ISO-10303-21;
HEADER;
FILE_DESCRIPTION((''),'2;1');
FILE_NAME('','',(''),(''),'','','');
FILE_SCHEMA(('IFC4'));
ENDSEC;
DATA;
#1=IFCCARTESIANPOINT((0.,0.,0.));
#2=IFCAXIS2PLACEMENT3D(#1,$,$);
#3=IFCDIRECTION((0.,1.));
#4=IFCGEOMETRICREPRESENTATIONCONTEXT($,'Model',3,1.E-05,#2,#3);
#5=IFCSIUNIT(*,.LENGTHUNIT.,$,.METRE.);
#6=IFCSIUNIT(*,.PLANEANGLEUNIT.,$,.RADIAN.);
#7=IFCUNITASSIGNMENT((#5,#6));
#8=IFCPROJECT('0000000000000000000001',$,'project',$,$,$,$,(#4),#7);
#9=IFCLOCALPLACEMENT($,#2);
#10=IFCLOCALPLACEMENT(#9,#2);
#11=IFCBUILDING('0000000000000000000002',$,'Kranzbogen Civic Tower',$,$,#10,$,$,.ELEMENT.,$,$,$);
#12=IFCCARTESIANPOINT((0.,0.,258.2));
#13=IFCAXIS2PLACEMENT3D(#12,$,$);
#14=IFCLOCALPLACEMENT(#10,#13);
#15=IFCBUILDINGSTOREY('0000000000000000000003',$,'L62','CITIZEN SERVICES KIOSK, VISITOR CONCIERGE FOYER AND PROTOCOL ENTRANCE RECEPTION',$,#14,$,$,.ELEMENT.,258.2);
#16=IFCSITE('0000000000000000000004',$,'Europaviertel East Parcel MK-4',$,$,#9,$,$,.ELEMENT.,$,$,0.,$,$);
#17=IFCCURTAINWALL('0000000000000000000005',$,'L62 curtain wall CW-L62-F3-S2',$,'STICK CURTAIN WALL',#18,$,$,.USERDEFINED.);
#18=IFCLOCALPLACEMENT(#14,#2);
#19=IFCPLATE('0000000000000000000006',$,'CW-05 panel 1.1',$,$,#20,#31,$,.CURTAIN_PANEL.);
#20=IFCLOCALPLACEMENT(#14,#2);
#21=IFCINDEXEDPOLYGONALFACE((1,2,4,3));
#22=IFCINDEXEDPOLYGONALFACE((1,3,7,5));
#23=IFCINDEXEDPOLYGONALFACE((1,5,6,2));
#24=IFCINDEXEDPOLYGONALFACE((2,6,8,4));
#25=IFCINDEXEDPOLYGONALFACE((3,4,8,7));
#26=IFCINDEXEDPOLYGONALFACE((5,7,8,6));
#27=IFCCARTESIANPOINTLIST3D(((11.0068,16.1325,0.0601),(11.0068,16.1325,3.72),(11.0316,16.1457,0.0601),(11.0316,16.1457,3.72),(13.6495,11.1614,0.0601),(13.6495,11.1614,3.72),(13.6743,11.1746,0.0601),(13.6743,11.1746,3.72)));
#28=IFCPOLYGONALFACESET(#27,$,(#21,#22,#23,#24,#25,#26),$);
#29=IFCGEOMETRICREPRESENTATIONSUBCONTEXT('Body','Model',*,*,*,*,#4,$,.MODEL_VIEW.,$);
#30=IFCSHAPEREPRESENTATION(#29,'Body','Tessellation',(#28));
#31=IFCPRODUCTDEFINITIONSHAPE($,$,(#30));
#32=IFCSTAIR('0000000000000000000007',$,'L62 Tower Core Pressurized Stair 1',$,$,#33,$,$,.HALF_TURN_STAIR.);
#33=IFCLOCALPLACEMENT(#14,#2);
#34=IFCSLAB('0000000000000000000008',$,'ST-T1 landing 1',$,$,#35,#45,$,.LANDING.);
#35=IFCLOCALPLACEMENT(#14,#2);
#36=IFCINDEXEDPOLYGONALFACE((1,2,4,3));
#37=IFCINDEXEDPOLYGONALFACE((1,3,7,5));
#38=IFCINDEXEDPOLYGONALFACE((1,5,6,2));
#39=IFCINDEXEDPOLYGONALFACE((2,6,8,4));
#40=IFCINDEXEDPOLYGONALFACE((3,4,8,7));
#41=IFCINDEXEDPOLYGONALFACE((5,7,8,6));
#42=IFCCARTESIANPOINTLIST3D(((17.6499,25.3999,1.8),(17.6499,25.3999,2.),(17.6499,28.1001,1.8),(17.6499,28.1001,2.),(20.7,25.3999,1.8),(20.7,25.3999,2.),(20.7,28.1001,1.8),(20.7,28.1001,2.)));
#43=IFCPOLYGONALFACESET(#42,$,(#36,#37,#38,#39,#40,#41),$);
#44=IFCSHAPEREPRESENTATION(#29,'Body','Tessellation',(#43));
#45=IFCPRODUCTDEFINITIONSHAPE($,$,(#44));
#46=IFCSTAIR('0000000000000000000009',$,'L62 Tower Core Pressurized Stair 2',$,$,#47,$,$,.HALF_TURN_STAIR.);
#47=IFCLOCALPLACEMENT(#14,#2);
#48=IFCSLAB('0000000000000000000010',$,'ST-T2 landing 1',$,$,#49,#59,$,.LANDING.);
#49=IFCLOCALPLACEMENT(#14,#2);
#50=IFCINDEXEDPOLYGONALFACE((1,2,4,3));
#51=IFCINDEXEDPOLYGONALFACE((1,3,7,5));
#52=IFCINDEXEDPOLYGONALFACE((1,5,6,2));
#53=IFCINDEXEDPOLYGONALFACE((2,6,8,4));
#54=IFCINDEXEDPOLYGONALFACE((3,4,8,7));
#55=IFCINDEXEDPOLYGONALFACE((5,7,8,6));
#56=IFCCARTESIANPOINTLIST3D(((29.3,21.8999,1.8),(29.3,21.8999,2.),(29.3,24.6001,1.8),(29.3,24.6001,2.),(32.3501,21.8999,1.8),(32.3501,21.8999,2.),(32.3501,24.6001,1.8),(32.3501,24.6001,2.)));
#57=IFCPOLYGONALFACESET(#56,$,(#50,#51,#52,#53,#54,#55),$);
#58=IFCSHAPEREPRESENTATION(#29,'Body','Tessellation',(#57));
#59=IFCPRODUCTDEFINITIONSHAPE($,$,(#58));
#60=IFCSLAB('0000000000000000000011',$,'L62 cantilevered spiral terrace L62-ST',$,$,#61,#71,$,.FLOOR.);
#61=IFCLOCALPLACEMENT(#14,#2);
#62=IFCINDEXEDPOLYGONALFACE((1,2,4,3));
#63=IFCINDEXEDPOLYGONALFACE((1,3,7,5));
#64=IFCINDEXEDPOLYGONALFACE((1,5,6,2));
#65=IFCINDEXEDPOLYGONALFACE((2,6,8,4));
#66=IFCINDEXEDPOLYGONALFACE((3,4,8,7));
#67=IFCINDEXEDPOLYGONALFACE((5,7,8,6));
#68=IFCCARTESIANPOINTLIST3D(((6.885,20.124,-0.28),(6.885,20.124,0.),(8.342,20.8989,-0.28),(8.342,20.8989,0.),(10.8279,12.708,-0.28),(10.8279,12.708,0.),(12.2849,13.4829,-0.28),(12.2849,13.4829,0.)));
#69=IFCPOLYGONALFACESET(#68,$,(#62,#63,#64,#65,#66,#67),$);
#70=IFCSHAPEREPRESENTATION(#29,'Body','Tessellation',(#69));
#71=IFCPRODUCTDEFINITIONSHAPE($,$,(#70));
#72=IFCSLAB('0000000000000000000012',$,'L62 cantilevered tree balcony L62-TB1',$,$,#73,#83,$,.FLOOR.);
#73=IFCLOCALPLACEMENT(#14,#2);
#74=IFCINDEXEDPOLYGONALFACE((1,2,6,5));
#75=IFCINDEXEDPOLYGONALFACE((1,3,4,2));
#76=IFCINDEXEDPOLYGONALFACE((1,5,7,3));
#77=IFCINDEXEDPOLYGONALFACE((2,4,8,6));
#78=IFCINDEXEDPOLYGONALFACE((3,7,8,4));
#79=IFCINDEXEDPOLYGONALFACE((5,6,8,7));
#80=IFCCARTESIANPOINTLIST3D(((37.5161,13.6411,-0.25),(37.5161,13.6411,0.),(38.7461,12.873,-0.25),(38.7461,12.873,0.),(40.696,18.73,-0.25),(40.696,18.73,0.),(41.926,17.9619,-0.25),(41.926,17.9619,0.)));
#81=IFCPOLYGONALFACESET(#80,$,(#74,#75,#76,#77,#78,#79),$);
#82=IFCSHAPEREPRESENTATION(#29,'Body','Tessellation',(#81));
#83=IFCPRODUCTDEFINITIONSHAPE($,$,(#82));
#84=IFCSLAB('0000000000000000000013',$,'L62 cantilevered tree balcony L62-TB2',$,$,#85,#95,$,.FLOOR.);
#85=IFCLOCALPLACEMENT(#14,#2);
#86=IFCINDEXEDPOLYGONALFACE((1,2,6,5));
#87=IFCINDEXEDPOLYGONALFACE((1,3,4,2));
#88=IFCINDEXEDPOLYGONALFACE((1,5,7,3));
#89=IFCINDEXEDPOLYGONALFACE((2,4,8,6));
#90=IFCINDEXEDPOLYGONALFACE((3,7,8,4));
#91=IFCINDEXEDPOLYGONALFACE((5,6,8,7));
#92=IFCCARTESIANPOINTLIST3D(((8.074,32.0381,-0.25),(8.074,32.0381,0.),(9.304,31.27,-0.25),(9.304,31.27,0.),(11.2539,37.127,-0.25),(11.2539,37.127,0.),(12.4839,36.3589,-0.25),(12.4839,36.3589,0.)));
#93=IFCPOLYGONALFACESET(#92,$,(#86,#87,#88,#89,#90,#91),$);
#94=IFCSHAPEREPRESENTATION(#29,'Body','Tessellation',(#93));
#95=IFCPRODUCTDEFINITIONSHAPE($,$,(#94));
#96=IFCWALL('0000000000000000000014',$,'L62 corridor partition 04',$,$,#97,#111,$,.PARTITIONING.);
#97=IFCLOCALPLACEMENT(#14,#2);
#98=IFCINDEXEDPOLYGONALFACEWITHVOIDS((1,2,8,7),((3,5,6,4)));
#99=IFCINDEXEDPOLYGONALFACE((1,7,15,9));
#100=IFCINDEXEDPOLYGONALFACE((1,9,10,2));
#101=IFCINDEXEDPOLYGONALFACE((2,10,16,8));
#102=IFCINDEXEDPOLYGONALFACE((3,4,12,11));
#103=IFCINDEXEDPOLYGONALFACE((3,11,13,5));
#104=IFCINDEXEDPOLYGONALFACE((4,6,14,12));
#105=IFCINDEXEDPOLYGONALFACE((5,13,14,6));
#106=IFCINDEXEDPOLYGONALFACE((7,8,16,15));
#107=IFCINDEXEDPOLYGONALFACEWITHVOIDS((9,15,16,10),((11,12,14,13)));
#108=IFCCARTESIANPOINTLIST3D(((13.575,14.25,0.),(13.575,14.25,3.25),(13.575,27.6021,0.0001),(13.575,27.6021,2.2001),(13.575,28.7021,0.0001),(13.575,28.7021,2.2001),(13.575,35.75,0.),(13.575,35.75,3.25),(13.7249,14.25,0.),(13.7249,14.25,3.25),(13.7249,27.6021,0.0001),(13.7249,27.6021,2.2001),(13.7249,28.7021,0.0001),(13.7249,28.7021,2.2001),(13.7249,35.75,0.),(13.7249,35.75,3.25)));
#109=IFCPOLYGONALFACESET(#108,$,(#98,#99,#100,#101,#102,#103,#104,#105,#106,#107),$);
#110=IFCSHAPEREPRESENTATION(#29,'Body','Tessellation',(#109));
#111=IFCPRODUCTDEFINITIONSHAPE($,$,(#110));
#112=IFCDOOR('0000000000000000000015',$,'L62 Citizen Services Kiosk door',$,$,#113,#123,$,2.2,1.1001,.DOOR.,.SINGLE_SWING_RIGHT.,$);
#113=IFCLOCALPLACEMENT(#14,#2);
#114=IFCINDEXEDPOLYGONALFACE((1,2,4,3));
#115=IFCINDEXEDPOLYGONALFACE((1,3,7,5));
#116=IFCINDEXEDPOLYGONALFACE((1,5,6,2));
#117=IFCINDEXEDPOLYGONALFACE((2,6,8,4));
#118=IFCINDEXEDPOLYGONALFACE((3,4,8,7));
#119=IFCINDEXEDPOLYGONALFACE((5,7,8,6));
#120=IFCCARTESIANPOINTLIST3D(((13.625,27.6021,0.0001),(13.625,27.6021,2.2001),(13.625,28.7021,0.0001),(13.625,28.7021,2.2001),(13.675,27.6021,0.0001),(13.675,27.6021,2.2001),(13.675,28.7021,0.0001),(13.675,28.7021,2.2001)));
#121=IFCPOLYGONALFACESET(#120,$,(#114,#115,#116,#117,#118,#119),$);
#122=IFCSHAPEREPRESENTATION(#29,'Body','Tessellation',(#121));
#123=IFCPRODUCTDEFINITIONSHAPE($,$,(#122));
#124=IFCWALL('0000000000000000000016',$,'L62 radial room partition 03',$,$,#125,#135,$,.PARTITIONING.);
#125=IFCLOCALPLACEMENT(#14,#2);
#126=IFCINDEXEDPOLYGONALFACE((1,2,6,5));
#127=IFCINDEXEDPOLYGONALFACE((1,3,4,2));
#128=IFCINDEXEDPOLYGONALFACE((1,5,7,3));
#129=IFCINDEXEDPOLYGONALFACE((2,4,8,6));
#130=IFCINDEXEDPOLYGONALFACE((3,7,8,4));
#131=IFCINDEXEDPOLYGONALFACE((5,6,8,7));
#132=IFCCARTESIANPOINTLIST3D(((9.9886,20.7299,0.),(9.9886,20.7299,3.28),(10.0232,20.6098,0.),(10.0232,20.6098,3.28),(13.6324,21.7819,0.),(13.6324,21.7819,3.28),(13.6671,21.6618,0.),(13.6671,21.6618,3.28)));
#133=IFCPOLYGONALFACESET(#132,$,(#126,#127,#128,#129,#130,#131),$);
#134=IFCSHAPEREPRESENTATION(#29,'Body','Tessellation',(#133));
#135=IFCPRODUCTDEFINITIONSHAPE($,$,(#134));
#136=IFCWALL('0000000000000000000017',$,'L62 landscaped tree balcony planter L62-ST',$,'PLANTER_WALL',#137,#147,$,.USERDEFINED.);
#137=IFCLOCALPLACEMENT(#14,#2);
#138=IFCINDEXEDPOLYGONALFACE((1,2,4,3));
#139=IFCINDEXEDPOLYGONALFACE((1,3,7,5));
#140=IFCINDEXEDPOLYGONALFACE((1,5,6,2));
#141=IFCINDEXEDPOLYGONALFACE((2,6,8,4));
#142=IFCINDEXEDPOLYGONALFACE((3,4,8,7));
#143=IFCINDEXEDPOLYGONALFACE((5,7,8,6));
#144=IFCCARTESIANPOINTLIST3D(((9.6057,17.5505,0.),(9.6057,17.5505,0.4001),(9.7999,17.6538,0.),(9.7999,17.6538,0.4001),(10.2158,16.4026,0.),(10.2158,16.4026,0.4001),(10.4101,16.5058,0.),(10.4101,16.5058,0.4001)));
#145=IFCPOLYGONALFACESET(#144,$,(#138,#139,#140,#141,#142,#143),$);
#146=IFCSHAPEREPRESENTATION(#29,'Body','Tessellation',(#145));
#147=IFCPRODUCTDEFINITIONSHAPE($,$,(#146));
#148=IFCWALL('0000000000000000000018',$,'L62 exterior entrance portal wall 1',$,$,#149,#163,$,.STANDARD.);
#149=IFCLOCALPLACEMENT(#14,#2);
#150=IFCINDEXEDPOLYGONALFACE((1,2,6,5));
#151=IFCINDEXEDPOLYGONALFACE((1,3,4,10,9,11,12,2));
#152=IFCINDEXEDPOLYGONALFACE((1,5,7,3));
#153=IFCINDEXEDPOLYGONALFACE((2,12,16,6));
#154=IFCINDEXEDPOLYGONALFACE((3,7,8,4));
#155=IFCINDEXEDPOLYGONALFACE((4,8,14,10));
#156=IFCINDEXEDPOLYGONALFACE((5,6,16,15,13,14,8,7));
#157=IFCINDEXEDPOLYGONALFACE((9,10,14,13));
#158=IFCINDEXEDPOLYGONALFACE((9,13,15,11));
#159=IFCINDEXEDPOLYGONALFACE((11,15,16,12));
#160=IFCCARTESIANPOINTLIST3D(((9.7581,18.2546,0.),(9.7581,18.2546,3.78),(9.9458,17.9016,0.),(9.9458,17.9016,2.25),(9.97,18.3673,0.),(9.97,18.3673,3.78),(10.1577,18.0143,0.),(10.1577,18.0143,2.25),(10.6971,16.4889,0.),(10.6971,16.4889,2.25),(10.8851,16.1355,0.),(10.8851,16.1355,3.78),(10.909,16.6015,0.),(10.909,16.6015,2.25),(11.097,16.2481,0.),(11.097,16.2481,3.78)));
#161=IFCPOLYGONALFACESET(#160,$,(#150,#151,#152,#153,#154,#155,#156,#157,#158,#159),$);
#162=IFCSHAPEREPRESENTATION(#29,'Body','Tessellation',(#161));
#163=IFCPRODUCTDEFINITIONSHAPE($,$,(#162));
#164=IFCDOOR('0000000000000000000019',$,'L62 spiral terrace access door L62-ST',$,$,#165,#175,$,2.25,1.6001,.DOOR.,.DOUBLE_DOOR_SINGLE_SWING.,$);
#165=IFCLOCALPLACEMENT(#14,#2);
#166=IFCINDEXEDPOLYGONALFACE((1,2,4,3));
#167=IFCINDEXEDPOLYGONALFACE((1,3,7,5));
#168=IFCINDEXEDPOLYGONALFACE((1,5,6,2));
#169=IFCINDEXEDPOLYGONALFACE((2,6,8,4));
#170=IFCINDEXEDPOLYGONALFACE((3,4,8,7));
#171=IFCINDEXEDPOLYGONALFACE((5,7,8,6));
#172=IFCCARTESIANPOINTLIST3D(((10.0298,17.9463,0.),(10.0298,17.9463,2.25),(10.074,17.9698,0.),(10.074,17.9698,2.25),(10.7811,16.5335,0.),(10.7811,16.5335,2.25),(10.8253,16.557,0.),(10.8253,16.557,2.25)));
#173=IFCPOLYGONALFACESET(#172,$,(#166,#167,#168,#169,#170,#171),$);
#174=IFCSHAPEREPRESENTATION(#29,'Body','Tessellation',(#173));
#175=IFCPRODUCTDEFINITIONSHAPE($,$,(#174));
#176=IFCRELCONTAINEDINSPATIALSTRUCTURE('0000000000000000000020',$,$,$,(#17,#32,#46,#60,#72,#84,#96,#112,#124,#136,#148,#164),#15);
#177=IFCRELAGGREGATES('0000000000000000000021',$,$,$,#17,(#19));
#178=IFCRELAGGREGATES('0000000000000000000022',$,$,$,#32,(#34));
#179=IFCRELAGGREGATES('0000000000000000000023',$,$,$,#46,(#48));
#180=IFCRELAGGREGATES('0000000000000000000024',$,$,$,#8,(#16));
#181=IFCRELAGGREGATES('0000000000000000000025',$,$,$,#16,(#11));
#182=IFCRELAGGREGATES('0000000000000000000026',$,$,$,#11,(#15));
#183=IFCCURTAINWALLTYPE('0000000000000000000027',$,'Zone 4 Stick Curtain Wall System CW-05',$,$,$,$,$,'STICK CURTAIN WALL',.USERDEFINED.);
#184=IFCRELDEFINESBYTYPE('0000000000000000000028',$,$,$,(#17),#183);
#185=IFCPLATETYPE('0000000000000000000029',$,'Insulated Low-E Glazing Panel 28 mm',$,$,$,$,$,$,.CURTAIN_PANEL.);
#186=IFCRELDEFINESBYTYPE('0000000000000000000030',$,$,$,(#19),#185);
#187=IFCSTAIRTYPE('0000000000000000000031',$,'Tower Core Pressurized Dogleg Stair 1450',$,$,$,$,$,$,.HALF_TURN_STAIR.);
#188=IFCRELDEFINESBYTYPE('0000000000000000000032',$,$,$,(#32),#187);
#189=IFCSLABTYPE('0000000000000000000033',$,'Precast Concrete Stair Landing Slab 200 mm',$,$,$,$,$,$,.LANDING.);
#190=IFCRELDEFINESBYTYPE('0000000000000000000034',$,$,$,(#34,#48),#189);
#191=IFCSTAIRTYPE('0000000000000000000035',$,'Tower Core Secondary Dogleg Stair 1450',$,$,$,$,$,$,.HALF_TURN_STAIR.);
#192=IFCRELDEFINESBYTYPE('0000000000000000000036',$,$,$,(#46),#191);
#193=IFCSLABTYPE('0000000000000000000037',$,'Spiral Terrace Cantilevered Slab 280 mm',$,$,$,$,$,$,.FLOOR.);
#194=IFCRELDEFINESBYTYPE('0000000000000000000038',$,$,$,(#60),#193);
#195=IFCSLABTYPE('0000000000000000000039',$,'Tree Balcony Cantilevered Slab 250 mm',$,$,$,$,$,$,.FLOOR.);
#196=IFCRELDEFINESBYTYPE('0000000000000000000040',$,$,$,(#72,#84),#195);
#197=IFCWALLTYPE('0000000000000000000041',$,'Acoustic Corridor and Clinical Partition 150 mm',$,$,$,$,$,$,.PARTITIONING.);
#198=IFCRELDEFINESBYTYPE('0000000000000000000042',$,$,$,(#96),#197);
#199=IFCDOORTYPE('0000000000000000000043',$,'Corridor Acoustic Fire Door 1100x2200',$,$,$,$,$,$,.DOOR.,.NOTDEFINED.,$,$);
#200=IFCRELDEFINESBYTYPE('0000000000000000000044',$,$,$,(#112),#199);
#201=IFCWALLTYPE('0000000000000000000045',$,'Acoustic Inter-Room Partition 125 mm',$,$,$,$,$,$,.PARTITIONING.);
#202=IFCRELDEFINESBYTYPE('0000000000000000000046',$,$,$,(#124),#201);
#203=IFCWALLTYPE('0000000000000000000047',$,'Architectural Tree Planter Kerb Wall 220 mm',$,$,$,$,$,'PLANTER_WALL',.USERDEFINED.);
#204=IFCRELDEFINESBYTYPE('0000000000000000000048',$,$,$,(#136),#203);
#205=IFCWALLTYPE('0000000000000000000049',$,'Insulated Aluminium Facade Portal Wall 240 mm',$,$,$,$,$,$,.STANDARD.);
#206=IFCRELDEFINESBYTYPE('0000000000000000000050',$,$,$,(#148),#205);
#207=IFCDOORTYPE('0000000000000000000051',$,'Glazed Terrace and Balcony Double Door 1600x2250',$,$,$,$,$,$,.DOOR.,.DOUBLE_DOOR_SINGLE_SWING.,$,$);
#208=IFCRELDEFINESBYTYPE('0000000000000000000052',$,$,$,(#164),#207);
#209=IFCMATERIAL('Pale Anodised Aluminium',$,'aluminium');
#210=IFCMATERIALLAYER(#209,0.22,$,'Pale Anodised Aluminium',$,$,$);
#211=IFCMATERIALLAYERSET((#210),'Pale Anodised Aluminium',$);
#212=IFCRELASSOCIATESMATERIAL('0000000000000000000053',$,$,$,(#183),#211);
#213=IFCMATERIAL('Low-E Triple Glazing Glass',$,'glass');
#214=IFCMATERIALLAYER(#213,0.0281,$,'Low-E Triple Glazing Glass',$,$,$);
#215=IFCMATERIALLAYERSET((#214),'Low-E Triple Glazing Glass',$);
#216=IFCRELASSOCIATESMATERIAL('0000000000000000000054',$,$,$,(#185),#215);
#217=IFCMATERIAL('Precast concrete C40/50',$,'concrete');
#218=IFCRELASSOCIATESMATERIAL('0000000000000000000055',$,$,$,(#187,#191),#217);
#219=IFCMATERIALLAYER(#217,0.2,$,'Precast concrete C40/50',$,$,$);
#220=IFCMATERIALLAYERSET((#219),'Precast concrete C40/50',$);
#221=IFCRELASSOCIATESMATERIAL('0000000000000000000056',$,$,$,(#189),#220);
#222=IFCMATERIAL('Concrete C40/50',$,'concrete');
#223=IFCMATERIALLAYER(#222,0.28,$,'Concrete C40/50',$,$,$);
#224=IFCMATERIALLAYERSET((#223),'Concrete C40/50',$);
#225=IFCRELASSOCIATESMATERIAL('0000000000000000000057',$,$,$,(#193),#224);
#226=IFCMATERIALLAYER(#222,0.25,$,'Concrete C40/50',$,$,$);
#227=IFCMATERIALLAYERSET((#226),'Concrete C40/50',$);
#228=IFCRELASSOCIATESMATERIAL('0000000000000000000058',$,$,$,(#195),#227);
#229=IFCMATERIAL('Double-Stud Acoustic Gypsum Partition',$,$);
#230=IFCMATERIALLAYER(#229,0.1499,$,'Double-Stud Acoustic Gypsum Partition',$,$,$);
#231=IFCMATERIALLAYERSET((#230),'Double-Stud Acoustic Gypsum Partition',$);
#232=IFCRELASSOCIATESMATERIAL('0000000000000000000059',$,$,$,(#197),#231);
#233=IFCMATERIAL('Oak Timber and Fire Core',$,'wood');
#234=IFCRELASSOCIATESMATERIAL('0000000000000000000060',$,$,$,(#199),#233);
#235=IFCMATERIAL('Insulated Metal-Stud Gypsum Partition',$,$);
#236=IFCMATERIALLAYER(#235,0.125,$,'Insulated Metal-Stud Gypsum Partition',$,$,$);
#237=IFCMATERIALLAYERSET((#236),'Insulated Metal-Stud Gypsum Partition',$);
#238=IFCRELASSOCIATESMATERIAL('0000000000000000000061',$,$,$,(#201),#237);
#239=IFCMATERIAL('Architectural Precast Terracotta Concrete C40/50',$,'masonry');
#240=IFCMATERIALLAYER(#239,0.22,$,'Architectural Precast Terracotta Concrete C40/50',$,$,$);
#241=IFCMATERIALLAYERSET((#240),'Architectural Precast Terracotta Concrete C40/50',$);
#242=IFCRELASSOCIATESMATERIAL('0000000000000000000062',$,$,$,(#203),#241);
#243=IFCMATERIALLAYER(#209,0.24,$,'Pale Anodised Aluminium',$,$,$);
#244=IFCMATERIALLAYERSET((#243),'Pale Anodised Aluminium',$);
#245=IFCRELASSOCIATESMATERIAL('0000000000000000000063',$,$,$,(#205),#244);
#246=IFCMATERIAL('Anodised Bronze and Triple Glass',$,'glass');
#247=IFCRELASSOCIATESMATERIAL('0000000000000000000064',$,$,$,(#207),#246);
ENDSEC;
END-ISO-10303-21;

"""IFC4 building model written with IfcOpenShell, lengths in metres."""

from ifc_helpers import new_model, si_unit, direction, frame, frame_2d, origin, origin_2d, place, context, subcontext, project, spatial, polyline, rectangle, outline, extrude, material, layer, layer_set, type_object, element, fill, aggregate, save


model = new_model("IFC4")

# Units and contexts
model_context = context("Model", 3, precision=1e-05, world=origin(), true_north=direction((0.0, 1.0)))
body_context = subcontext(model_context, "Body", "Model", "MODEL_VIEW")
ifc_project = project(units=[si_unit("LENGTHUNIT", "METRE"), si_unit("PLANEANGLEUNIT", "RADIAN")], contexts=[model_context])

# Site, building, storey
site_placement = place(None, origin())
site = spatial("IfcSite", under=ifc_project, at=site_placement, Name="Europaviertel East Parcel MK-4", CompositionType="ELEMENT", RefElevation=0.0)
building_placement = place(site_placement, origin())
building = spatial("IfcBuilding", under=site, at=building_placement, Name="Kranzbogen Civic Tower", CompositionType="ELEMENT")
storey_placement = place(building_placement, frame((0.0, 0.0, 258.2)))
storey = spatial("IfcBuildingStorey", under=building, at=storey_placement, Name="L62", Description="CITIZEN SERVICES KIOSK, VISITOR CONCIERGE FOYER AND PROTOCOL ENTRANCE RECEPTION", CompositionType="ELEMENT", Elevation=258.2)

# Shared definitions
ifc_material_1 = material(Name="Pale Anodised Aluminium", Category="aluminium")
ifc_layer_1 = layer(ifc_material_1, 0.22, Name="Pale Anodised Aluminium")
ifc_layer_set_1 = layer_set([ifc_layer_1], Name="Pale Anodised Aluminium")
curtain_wall_type = type_object("IfcCurtainWallType", Name="Zone 4 Stick Curtain Wall System CW-05", ElementType="STICK CURTAIN WALL", PredefinedType="USERDEFINED", material=ifc_layer_set_1)

# Curtain wall
curtain_wall_1_placement = place(storey_placement, origin())
curtain_wall_1 = element("IfcCurtainWall", 1, at=curtain_wall_1_placement, inside=storey, type_object=curtain_wall_type, Name="L62 curtain wall CW-L62-F3-S2", ObjectType="STICK CURTAIN WALL", PredefinedType="USERDEFINED")

# Shared definitions
ifc_material_2 = material(Name="Concrete C40/50", Category="concrete")

# Plate
ifc_material_3 = material(Name="Low-E Triple Glazing Glass", Category="glass")
ifc_layer_2 = layer(ifc_material_3, 0.0281, Name="Low-E Triple Glazing Glass")
ifc_layer_set_2 = layer_set([ifc_layer_2], Name="Low-E Triple Glazing Glass")
plate_type = type_object("IfcPlateType", Name="Insulated Low-E Glazing Panel 28 mm", PredefinedType="CURTAIN_PANEL", material=ifc_layer_set_2)
plate_1_placement = place(storey_placement, frame((12.3406, 13.6536, 0.0601), z_axis=(0.0, 0.0, 1.0), x_axis=(0.469405, -0.882983, 0.0)))
plate_1 = element("IfcPlate", 2, at=plate_1_placement, type_object=plate_type, Name="CW-05 panel 1.1", PredefinedType="CURTAIN_PANEL", context=body_context, shape_type="SweptSolid", body=[
    extrude(rectangle(XDim=5.6299, YDim=0.0281, at=origin_2d()), origin(), (0.0, 0.0, 1.0), 3.6599),
])
aggregate(curtain_wall_1, [plate_1])

# Stairs, slabs
ifc_material_4 = material(Name="Precast concrete C40/50", Category="concrete")
stair_type_1 = type_object("IfcStairType", Name="Tower Core Pressurized Dogleg Stair 1450", PredefinedType="HALF_TURN_STAIR", material=ifc_material_4)
stair_1_placement = place(storey_placement, origin())
stair_1 = element("IfcStair", 3, at=stair_1_placement, inside=storey, type_object=stair_type_1, Name="L62 Tower Core Pressurized Stair 1", PredefinedType="HALF_TURN_STAIR")
ifc_layer_3 = layer(ifc_material_4, 0.2, Name="Precast concrete C40/50")
ifc_layer_set_3 = layer_set([ifc_layer_3], Name="Precast concrete C40/50")
slab_type_1 = type_object("IfcSlabType", Name="Precast Concrete Stair Landing Slab 200 mm", PredefinedType="LANDING", material=ifc_layer_set_3)
slab_1_placement = place(storey_placement, frame((0.0, 0.0, 1.8)))
slab_1 = element("IfcSlab", 4, at=slab_1_placement, type_object=slab_type_1, Name="ST-T1 landing 1", PredefinedType="LANDING", context=body_context, shape_type="SweptSolid", body=[
    extrude(outline(polyline([(20.7, 25.3999), (20.7, 28.1001), (17.6499, 28.1001), (17.6499, 25.3999), (20.7, 25.3999)])), origin(), (0.0, 0.0, 1.0), 0.2),
])
aggregate(stair_1, [slab_1])
stair_type_2 = type_object("IfcStairType", Name="Tower Core Secondary Dogleg Stair 1450", PredefinedType="HALF_TURN_STAIR", material=ifc_material_4)
stair_2_placement = place(storey_placement, origin())
stair_2 = element("IfcStair", 5, at=stair_2_placement, inside=storey, type_object=stair_type_2, Name="L62 Tower Core Pressurized Stair 2", PredefinedType="HALF_TURN_STAIR")
slab_2_placement = place(storey_placement, frame((0.0, 0.0, 1.8)))
slab_2 = element("IfcSlab", 6, at=slab_2_placement, type_object=slab_type_1, Name="ST-T2 landing 1", PredefinedType="LANDING", context=body_context, shape_type="SweptSolid", body=[
    extrude(outline(polyline([(29.3, 24.6001), (29.3, 21.8999), (32.3501, 21.8999), (32.3501, 24.6001), (29.3, 24.6001)])), origin(), (0.0, 0.0, 1.0), 0.2),
])
aggregate(stair_2, [slab_2])

# Slabs
ifc_layer_4 = layer(ifc_material_2, 0.28, Name="Concrete C40/50")
ifc_layer_set_4 = layer_set([ifc_layer_4], Name="Concrete C40/50")
slab_type_2 = type_object("IfcSlabType", Name="Spiral Terrace Cantilevered Slab 280 mm", PredefinedType="FLOOR", material=ifc_layer_set_4)
slab_3_placement = place(storey_placement, frame((0.0, 0.0, -0.28)))
element("IfcSlab", 7, at=slab_3_placement, inside=storey, type_object=slab_type_2, Name="L62 cantilevered spiral terrace L62-ST", PredefinedType="FLOOR", context=body_context, shape_type="SweptSolid", body=[
    extrude(outline(polyline([(8.342, 20.8989), (12.2849, 13.4829), (10.8279, 12.708), (6.885, 20.124), (8.342, 20.8989)])), origin(), (0.0, 0.0, 1.0), 0.28),
])
ifc_layer_5 = layer(ifc_material_2, 0.25, Name="Concrete C40/50")
ifc_layer_set_5 = layer_set([ifc_layer_5], Name="Concrete C40/50")
slab_type_3 = type_object("IfcSlabType", Name="Tree Balcony Cantilevered Slab 250 mm", PredefinedType="FLOOR", material=ifc_layer_set_5)
slab_4_placement = place(storey_placement, frame((0.0, 0.0, -0.25)))
element("IfcSlab", 8, at=slab_4_placement, inside=storey, type_object=slab_type_3, Name="L62 cantilevered tree balcony L62-TB1", PredefinedType="FLOOR", context=body_context, shape_type="SweptSolid", body=[
    extrude(outline(polyline([(37.5161, 13.6411), (40.696, 18.73), (41.926, 17.9619), (38.7461, 12.873), (37.5161, 13.6411)])), origin(), (0.0, 0.0, 1.0), 0.25),
])
slab_5_placement = place(storey_placement, frame((0.0, 0.0, -0.25)))
element("IfcSlab", 9, at=slab_5_placement, inside=storey, type_object=slab_type_3, Name="L62 cantilevered tree balcony L62-TB2", PredefinedType="FLOOR", context=body_context, shape_type="SweptSolid", body=[
    extrude(outline(polyline([(12.4839, 36.3589), (9.304, 31.27), (8.074, 32.0381), (11.2539, 37.127), (12.4839, 36.3589)])), origin(), (0.0, 0.0, 1.0), 0.25),
])

# Wall, opening, door
ifc_material_5 = material(Name="Double-Stud Acoustic Gypsum Partition")
ifc_layer_6 = layer(ifc_material_5, 0.1499, Name="Double-Stud Acoustic Gypsum Partition")
ifc_layer_set_6 = layer_set([ifc_layer_6], Name="Double-Stud Acoustic Gypsum Partition")
wall_type_1 = type_object("IfcWallType", Name="Acoustic Corridor and Clinical Partition 150 mm", PredefinedType="PARTITIONING", material=ifc_layer_set_6)
wall_1_placement = place(storey_placement, frame((13.6499, 14.25, 0.0), z_axis=(0.0, 0.0, 1.0), x_axis=(0.0, 1.0, 0.0)))
wall_1 = element("IfcWall", 10, at=wall_1_placement, inside=storey, type_object=wall_type_1, Name="L62 corridor partition 04", PredefinedType="PARTITIONING", context=body_context, shape_type="SweptSolid", body=[
    extrude(rectangle(XDim=21.5, YDim=0.1499, at=frame_2d((10.75, 0.0))), origin(), (0.0, 0.0, 1.0), 3.25),
])
opening_1_placement = place(wall_1_placement, frame((13.3521, 0.0, 0.0)))
opening_1 = element("IfcOpeningElement", 11, at=opening_1_placement, cuts=wall_1, PredefinedType="OPENING", context=body_context, shape_type="SweptSolid", body=[
    extrude(rectangle(XDim=1.1001, YDim=2.2, at=frame_2d((0.55, 1.1001))), frame((0.0, 0.085, 0.0), z_axis=(0.0, -1.0, 0.0), x_axis=(1.0, 0.0, 0.0)), (0.0, 0.0, 1.0), 0.1699),
])
ifc_material_6 = material(Name="Oak Timber and Fire Core", Category="wood")
door_type_1 = type_object("IfcDoorType", Name="Corridor Acoustic Fire Door 1100x2200", OperationType="NOTDEFINED", PredefinedType="DOOR", material=ifc_material_6)
door_1_placement = place(opening_1_placement, origin())
door_1 = element("IfcDoor", 12, at=door_1_placement, inside=storey, type_object=door_type_1, Name="L62 Citizen Services Kiosk door", OperationType="SINGLE_SWING_RIGHT", OverallHeight=2.2, OverallWidth=1.1001, PredefinedType="DOOR", context=body_context, shape_type="SweptSolid", body=[
    extrude(rectangle(XDim=1.1001, YDim=2.2, at=frame_2d((0.55, 1.1001))), frame((0.0, 0.0249, 0.0), z_axis=(0.0, -1.0, 0.0), x_axis=(1.0, 0.0, 0.0)), (0.0, 0.0, 1.0), 0.05),
])
fill(opening_1, door_1)

# Walls
ifc_material_7 = material(Name="Insulated Metal-Stud Gypsum Partition")
ifc_layer_7 = layer(ifc_material_7, 0.125, Name="Insulated Metal-Stud Gypsum Partition")
ifc_layer_set_7 = layer_set([ifc_layer_7], Name="Insulated Metal-Stud Gypsum Partition")
wall_type_2 = type_object("IfcWallType", Name="Acoustic Inter-Room Partition 125 mm", PredefinedType="PARTITIONING", material=ifc_layer_set_7)
wall_2_placement = place(storey_placement, frame((13.6499, 21.7219, 0.0), z_axis=(0.0, 0.0, 1.0), x_axis=(-0.96076, -0.277381, 0.0)))
element("IfcWall", 13, at=wall_2_placement, inside=storey, type_object=wall_type_2, Name="L62 radial room partition 03", PredefinedType="PARTITIONING", context=body_context, shape_type="SweptSolid", body=[
    extrude(rectangle(XDim=3.7927, YDim=0.125, at=frame_2d((1.8965, 0.0))), origin(), (0.0, 0.0, 1.0), 3.28),
])
ifc_material_8 = material(Name="Architectural Precast Terracotta Concrete C40/50", Category="masonry")
ifc_layer_8 = layer(ifc_material_8, 0.22, Name="Architectural Precast Terracotta Concrete C40/50")
ifc_layer_set_8 = layer_set([ifc_layer_8], Name="Architectural Precast Terracotta Concrete C40/50")
wall_type_3 = type_object("IfcWallType", Name="Architectural Tree Planter Kerb Wall 220 mm", ElementType="PLANTER_WALL", PredefinedType="USERDEFINED", material=ifc_layer_set_8)
wall_3_placement = place(storey_placement, frame((9.7029, 17.6021, 0.0), z_axis=(0.0, 0.0, 1.0), x_axis=(0.469311, -0.883033, 0.0)))
element("IfcWall", 14, at=wall_3_placement, inside=storey, type_object=wall_type_3, Name="L62 landscaped tree balcony planter L62-ST", ObjectType="PLANTER_WALL", PredefinedType="USERDEFINED", context=body_context, shape_type="SweptSolid", body=[
    extrude(rectangle(XDim=1.3, YDim=0.22, at=frame_2d((0.6499, 0.0))), origin(), (0.0, 0.0, 1.0), 0.4001),
])

# Wall, opening, door
ifc_layer_9 = layer(ifc_material_1, 0.24, Name="Pale Anodised Aluminium")
ifc_layer_set_9 = layer_set([ifc_layer_9], Name="Pale Anodised Aluminium")
wall_type_4 = type_object("IfcWallType", Name="Insulated Aluminium Facade Portal Wall 240 mm", PredefinedType="STANDARD", material=ifc_layer_set_9)
wall_4_placement = place(storey_placement, frame((9.864, 18.311, 0.0), z_axis=(0.0, 0.0, 1.0), x_axis=(0.469532, -0.882915, 0.0)))
wall_4 = element("IfcWall", 15, at=wall_4_placement, inside=storey, type_object=wall_type_4, Name="L62 exterior entrance portal wall 1", PredefinedType="STANDARD", context=body_context, shape_type="SweptSolid", body=[
    extrude(rectangle(XDim=2.4001, YDim=0.24, at=frame_2d((1.2002, 0.0))), origin(), (0.0, 0.0, 1.0), 3.78),
])
opening_2_placement = place(wall_4_placement, frame((0.3999, 0.0, 0.0)))
opening_2 = element("IfcOpeningElement", 16, at=opening_2_placement, cuts=wall_4, PredefinedType="OPENING", context=body_context, shape_type="SweptSolid", body=[
    extrude(rectangle(XDim=1.6001, YDim=2.25, at=frame_2d((0.8, 1.125))), frame((0.0, 0.1299, 0.0), z_axis=(0.0, -1.0, 0.0), x_axis=(1.0, 0.0, 0.0)), (0.0, 0.0, 1.0), 0.26),
])
ifc_material_9 = material(Name="Anodised Bronze and Triple Glass", Category="glass")
door_type_2 = type_object("IfcDoorType", Name="Glazed Terrace and Balcony Double Door 1600x2250", OperationType="DOUBLE_DOOR_SINGLE_SWING", PredefinedType="DOOR", material=ifc_material_9)
door_2_placement = place(opening_2_placement, frame((1.6001, 0.0, 0.0), z_axis=(0.0, 0.0, 1.0), x_axis=(-1.0, 0.0, 0.0)))
door_2 = element("IfcDoor", 17, at=door_2_placement, inside=storey, type_object=door_type_2, Name="L62 spiral terrace access door L62-ST", OperationType="DOUBLE_DOOR_SINGLE_SWING", OverallHeight=2.25, OverallWidth=1.6001, PredefinedType="DOOR", context=body_context, shape_type="SweptSolid", body=[
    extrude(rectangle(XDim=1.6001, YDim=2.25, at=frame_2d((0.8, 1.125))), frame((0.0, 0.0249, 0.0), z_axis=(0.0, -1.0, 0.0), x_axis=(1.0, 0.0, 0.0)), (0.0, 0.0, 1.0), 0.05),
])
fill(opening_2, door_2)

save(model, "model.ifc")
